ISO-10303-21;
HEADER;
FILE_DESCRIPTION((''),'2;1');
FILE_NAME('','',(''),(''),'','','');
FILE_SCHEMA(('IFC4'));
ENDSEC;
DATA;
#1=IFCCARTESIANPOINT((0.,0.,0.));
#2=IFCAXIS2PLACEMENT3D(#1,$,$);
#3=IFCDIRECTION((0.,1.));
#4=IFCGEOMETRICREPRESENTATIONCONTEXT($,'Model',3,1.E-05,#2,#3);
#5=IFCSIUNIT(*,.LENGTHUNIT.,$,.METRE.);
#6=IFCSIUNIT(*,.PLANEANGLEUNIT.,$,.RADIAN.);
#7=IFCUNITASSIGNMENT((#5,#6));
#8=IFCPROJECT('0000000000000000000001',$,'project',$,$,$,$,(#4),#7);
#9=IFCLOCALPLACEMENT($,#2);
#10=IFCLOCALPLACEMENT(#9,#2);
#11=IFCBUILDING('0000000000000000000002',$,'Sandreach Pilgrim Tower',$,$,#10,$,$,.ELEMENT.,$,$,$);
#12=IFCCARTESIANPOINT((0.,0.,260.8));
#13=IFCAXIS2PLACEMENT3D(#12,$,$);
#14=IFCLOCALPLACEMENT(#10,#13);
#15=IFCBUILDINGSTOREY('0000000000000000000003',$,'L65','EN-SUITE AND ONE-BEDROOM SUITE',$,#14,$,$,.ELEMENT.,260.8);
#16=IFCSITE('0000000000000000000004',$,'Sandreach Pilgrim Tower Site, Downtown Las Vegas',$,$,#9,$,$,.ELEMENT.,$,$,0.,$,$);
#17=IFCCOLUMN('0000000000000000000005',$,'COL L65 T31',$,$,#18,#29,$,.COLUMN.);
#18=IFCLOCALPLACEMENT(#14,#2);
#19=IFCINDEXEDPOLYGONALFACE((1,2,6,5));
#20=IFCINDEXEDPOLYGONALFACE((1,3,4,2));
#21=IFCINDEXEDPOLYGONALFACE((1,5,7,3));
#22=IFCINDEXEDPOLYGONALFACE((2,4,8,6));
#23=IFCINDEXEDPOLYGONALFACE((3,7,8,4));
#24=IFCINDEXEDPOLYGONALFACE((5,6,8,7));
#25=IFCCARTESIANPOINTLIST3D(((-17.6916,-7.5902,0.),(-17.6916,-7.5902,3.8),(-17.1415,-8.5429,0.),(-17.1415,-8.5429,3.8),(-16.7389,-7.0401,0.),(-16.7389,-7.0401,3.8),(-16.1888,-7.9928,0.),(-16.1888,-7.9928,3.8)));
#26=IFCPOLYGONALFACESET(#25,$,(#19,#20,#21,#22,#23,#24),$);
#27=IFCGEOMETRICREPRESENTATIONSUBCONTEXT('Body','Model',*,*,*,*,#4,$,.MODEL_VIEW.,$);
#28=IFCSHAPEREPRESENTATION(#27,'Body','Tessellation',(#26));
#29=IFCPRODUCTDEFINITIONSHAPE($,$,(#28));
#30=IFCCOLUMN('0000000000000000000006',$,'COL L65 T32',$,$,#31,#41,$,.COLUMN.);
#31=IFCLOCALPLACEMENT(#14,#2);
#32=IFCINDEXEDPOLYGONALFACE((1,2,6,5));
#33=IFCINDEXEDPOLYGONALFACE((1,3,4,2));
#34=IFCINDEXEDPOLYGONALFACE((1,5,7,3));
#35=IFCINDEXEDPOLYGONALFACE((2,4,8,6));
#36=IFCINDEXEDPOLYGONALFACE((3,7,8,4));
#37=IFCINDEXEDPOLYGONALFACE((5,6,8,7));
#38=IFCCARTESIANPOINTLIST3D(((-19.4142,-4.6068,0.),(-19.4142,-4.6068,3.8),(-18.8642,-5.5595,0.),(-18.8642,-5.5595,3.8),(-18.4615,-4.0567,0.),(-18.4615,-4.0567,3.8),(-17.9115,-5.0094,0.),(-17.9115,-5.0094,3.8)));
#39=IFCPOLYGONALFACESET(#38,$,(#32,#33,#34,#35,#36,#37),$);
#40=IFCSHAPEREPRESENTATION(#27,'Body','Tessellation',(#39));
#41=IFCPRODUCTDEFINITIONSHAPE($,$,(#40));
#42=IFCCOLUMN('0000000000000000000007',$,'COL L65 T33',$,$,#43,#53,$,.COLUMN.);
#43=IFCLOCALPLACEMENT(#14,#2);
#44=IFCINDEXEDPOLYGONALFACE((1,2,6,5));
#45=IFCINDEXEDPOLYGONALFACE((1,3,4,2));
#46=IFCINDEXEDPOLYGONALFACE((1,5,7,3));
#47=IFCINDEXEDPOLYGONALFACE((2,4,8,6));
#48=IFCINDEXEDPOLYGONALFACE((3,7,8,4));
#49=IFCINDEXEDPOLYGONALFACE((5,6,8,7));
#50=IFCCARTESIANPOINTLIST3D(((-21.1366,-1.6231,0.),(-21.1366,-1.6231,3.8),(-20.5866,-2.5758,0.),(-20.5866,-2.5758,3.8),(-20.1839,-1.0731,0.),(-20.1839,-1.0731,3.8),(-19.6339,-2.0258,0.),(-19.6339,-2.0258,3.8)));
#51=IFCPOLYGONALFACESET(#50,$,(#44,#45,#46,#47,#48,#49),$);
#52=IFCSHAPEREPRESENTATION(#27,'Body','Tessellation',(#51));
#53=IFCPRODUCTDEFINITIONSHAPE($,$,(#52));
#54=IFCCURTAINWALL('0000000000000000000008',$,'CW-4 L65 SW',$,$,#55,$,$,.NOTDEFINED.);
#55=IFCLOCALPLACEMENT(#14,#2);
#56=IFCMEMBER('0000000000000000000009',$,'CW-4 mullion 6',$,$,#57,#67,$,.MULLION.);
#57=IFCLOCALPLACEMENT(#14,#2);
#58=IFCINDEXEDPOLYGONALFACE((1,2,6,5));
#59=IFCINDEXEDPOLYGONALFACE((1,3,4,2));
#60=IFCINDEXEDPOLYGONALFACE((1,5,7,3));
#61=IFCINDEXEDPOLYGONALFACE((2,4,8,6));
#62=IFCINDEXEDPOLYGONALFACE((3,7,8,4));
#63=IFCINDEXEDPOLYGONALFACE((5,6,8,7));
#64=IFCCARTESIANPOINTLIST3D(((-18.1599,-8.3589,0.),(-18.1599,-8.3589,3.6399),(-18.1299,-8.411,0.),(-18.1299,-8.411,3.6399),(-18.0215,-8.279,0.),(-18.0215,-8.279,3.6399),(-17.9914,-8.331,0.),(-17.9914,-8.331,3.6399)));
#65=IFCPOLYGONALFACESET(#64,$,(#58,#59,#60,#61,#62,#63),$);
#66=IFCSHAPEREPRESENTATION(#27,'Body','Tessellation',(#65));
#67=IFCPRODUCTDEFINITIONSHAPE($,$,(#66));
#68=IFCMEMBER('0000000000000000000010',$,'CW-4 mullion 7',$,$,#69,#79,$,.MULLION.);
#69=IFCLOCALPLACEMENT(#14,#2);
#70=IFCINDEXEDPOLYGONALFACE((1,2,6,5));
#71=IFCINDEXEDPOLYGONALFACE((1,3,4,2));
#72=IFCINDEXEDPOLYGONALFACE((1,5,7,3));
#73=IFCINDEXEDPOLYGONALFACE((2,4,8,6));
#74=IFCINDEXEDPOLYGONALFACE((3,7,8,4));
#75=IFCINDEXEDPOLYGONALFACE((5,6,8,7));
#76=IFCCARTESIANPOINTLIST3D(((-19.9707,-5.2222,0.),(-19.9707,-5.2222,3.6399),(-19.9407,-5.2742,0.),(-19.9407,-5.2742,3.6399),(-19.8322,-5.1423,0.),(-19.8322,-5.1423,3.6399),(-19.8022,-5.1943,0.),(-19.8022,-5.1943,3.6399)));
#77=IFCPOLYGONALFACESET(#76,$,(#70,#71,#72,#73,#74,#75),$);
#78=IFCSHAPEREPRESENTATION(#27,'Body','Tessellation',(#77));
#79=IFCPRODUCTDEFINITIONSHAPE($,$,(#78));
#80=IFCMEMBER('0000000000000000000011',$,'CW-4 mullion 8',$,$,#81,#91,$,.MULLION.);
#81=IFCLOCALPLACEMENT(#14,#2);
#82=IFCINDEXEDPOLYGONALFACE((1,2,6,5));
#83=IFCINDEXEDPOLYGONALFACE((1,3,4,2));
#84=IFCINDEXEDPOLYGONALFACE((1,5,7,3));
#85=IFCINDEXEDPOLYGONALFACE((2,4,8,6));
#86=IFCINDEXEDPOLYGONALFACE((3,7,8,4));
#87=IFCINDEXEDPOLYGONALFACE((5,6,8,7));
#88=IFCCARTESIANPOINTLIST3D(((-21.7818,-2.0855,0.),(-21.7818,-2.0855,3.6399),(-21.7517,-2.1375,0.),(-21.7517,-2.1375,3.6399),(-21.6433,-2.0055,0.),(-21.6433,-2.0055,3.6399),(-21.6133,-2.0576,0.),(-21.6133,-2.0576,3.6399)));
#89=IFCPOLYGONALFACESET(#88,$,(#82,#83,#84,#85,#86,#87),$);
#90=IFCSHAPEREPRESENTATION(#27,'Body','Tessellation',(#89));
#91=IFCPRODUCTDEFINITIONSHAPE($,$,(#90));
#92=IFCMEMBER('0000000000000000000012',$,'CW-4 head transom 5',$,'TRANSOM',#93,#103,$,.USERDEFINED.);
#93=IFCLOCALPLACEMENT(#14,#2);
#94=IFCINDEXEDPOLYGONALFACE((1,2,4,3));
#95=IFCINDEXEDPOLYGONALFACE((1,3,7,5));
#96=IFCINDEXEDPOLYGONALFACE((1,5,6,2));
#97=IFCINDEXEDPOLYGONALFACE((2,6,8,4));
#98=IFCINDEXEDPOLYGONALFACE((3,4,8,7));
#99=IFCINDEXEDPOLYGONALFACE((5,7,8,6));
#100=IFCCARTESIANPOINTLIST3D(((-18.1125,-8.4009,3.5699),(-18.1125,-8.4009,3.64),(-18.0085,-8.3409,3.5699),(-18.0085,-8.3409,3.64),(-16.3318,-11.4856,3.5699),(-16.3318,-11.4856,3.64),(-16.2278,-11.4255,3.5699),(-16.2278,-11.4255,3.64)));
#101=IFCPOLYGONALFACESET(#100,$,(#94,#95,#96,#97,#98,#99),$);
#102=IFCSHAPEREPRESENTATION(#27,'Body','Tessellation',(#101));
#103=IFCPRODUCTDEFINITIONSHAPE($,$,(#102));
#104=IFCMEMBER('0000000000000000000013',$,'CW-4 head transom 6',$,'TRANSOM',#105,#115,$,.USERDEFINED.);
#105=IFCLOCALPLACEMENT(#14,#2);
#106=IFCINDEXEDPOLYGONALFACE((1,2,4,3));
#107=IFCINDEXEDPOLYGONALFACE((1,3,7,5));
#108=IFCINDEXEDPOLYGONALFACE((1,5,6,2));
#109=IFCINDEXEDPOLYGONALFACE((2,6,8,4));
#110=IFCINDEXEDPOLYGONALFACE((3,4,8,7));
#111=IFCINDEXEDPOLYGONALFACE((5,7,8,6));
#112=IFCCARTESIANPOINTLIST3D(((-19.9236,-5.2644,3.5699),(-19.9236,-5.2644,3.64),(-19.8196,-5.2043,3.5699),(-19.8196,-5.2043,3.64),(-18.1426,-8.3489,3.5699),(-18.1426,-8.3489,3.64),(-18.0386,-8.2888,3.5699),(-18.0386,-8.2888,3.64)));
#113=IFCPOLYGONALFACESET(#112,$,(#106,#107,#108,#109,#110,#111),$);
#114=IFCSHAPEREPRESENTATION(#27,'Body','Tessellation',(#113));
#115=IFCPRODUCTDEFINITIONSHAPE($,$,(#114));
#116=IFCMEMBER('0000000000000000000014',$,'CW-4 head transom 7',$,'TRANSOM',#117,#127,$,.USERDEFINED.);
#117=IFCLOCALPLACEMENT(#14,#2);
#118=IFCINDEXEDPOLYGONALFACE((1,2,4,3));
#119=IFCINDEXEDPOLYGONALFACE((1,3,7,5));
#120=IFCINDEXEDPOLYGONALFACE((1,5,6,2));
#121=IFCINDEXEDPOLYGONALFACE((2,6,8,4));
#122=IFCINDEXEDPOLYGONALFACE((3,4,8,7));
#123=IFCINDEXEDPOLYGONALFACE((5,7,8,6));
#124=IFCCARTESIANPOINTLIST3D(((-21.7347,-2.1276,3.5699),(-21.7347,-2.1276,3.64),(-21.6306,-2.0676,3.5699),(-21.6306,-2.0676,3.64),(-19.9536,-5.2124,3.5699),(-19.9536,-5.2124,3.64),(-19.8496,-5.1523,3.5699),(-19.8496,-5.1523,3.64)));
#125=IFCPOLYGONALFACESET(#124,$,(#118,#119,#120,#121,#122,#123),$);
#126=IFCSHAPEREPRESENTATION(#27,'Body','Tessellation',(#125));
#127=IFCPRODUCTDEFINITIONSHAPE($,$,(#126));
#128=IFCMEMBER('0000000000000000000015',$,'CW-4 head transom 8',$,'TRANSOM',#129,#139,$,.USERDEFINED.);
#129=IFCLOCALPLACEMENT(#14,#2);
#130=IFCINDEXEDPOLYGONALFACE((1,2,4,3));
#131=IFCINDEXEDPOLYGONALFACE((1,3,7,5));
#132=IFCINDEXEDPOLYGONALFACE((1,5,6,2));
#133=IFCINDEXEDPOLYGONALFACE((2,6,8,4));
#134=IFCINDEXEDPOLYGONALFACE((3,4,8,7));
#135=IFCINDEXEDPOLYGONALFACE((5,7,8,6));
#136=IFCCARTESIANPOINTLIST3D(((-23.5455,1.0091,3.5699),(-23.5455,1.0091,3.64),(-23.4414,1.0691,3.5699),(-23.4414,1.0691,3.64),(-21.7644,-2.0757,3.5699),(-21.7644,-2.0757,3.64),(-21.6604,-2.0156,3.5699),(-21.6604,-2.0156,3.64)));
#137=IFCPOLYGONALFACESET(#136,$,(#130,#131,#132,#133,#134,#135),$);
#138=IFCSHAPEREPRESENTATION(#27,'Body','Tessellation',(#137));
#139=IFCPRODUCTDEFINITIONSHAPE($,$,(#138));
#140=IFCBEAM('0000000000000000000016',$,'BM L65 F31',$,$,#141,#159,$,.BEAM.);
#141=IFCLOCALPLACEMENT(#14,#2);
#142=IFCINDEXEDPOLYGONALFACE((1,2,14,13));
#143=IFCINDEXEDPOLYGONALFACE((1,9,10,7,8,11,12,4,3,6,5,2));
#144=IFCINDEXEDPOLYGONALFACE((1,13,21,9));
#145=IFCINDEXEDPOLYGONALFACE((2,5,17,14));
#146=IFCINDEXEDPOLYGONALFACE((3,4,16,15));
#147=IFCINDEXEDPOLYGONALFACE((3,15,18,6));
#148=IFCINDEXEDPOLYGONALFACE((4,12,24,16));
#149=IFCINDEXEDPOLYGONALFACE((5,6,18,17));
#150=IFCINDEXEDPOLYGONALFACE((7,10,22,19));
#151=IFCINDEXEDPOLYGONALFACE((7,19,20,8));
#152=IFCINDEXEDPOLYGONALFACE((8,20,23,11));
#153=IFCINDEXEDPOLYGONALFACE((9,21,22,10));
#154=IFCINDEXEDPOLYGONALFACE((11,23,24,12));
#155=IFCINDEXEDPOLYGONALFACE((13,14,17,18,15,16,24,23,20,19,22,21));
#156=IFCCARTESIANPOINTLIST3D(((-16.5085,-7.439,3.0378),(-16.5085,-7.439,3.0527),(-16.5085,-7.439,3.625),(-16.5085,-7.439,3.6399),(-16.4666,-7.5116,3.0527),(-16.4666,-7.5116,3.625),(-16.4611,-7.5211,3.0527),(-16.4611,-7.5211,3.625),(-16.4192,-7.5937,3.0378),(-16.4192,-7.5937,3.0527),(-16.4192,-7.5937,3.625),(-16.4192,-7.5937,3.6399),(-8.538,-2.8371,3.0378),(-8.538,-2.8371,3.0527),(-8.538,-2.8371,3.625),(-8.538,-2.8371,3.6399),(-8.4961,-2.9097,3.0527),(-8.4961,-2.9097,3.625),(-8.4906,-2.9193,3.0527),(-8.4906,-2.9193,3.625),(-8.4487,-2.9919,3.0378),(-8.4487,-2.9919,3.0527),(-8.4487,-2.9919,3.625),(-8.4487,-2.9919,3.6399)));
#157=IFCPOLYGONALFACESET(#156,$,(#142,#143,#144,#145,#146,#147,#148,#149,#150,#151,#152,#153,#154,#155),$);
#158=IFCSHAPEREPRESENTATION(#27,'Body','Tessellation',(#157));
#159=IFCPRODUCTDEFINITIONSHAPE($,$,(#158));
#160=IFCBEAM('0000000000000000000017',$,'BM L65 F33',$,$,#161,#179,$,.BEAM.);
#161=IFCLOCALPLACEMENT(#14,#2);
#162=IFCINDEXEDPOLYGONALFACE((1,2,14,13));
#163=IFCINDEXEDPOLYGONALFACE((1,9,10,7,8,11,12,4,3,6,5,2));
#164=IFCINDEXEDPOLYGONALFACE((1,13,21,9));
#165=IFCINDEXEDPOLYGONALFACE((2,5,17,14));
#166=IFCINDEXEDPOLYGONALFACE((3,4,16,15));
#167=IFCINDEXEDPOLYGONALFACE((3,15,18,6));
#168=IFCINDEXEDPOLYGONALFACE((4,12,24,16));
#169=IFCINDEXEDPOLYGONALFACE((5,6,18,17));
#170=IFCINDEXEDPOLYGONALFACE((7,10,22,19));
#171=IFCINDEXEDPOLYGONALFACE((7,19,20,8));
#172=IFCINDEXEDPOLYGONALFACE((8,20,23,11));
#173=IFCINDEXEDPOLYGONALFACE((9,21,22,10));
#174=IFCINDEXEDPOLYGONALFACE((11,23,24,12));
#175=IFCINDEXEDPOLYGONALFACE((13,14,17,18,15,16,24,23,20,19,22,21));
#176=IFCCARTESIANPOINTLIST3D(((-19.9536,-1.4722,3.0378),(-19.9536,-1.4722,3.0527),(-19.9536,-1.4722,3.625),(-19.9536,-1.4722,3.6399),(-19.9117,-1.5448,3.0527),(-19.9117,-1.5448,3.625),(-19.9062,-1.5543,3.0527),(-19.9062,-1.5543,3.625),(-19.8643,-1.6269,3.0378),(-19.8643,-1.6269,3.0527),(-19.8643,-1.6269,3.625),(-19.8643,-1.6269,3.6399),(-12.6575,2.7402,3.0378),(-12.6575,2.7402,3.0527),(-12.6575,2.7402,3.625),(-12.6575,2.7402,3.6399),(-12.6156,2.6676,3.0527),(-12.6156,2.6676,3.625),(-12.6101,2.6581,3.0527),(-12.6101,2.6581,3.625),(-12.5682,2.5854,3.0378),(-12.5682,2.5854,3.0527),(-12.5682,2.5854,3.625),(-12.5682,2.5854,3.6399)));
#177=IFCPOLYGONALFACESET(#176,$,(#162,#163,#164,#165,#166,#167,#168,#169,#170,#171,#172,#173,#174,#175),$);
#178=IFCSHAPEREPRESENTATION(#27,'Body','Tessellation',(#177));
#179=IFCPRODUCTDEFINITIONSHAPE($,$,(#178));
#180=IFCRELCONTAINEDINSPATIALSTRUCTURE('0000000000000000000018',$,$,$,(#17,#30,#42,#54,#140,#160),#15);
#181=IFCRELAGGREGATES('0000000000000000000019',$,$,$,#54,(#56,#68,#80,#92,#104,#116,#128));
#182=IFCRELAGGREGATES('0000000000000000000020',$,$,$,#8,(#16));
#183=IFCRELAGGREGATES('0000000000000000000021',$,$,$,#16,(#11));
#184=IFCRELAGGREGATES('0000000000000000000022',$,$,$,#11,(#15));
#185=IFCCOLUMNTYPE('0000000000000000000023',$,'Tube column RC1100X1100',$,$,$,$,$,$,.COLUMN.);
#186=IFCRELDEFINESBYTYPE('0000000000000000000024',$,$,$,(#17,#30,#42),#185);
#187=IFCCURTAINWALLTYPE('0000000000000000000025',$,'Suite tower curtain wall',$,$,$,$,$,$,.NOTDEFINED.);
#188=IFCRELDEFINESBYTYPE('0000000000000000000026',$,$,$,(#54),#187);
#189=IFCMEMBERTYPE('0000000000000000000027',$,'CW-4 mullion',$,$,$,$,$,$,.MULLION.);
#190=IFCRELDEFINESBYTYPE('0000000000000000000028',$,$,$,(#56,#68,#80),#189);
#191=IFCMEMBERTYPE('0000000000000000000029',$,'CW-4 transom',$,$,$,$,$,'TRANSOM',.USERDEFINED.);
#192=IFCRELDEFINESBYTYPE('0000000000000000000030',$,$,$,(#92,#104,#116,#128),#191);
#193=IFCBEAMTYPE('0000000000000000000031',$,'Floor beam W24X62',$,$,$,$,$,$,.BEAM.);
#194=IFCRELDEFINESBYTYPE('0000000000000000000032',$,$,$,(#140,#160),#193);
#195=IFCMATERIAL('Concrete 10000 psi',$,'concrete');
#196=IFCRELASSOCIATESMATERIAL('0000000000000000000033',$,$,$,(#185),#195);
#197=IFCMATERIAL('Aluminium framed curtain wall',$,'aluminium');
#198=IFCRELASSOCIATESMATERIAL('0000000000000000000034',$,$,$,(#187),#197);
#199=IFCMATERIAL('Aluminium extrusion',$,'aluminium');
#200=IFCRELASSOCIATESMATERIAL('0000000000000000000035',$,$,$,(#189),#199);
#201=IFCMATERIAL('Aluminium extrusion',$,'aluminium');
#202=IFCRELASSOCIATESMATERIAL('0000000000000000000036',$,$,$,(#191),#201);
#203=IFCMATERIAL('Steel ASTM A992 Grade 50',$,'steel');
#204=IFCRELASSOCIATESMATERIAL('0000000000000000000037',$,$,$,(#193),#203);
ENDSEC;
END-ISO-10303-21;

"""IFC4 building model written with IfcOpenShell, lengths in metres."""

from ifc_helpers import new_model, si_unit, direction, frame, origin, origin_2d, place, context, subcontext, project, spatial, rectangle, i_section, extrude, material, material_profile, profile_set, type_object, element, aggregate, save


model = new_model("IFC4")

# Units and contexts
model_context = context("Model", 3, precision=1e-05, world=origin(), true_north=direction((0.0, 1.0)))
body_context = subcontext(model_context, "Body", "Model", "MODEL_VIEW")
ifc_project = project(units=[si_unit("LENGTHUNIT", "METRE"), si_unit("PLANEANGLEUNIT", "RADIAN")], contexts=[model_context])

# Site, building, storey
site_placement = place(None, origin())
site = spatial("IfcSite", under=ifc_project, at=site_placement, Name="Sandreach Pilgrim Tower Site, Downtown Las Vegas", CompositionType="ELEMENT", RefElevation=0.0)
building_placement = place(site_placement, origin())
building = spatial("IfcBuilding", under=site, at=building_placement, Name="Sandreach Pilgrim Tower", CompositionType="ELEMENT")
storey_placement = place(building_placement, frame((0.0, 0.0, 260.8)))
storey = spatial("IfcBuildingStorey", under=building, at=storey_placement, Name="L65", Description="EN-SUITE AND ONE-BEDROOM SUITE", CompositionType="ELEMENT", Elevation=260.8)

# Columns
ifc_material_1 = material(Name="Concrete 10000 psi", Category="concrete")
ifc_material_profile_1 = material_profile(ifc_material_1, rectangle(XDim=1.1001, YDim=1.1001, at=origin_2d()), Name="RC1100X1100")
ifc_profile_set_1 = profile_set([ifc_material_profile_1], Name="Concrete 10000 psi")
column_type = type_object("IfcColumnType", Name="Tube column RC1100X1100", PredefinedType="COLUMN", material=ifc_profile_set_1)
for number, where, z_axis, x_axis, name in (
    (1, (-16.9402, -7.7915, 0.0), (0.0, 0.0, 1.0), (-0.866025, -0.5, 0.0), "COL L65 T31"),
    (2, (-18.6628, -4.8081, 0.0), (0.0, 0.0, 1.0), (-0.866025, -0.5, 0.0), "COL L65 T32"),
    (3, (-20.3853, -1.8245, 0.0), (0.0, 0.0, 1.0), (-0.866025, -0.5, 0.0), "COL L65 T33"),
):
    element("IfcColumn", number, at=place(storey_placement, frame(where, z_axis=z_axis, x_axis=x_axis)), inside=storey, type_object=column_type, Name=name, PredefinedType="COLUMN", context=body_context, shape_type="SweptSolid", body=[
        extrude(rectangle(XDim=1.1001, YDim=1.1001, at=origin_2d()), origin(), (0.0, 0.0, 1.0), 3.8),
    ])

# Curtain wall, members
ifc_material_2 = material(Name="Aluminium framed curtain wall", Category="aluminium")
curtain_wall_type = type_object("IfcCurtainWallType", Name="Suite tower curtain wall", PredefinedType="NOTDEFINED", material=ifc_material_2)
curtain_wall_placement = place(storey_placement, origin())
curtain_wall = element("IfcCurtainWall", 4, at=curtain_wall_placement, inside=storey, type_object=curtain_wall_type, Name="CW-4 L65 SW", PredefinedType="NOTDEFINED")
ifc_material_3 = material(Name="Aluminium extrusion", Category="aluminium")
ifc_material_profile_2 = material_profile(ifc_material_3, rectangle(XDim=0.0601, YDim=0.1599, at=origin_2d()), Name="CW-4M 60X160")
ifc_profile_set_2 = profile_set([ifc_material_profile_2], Name="Aluminium extrusion")
member_type_1 = type_object("IfcMemberType", Name="CW-4 mullion", PredefinedType="MULLION", material=ifc_profile_set_2)
member_1_placement = place(storey_placement, frame((-18.0757, -8.345, 0.0), z_axis=(0.0, 0.0, 1.0), x_axis=(-0.5, 0.866025, 0.0)))
member_1 = element("IfcMember", 5, at=member_1_placement, type_object=member_type_1, Name="CW-4 mullion 6", PredefinedType="MULLION", context=body_context, shape_type="SweptSolid", body=[
    extrude(rectangle(XDim=0.0601, YDim=0.1599, at=origin_2d()), origin(), (0.0, 0.0, 1.0), 3.6399),
])
member_2_placement = place(storey_placement, frame((-19.8865, -5.2083, 0.0), z_axis=(0.0, 0.0, 1.0), x_axis=(-0.5, 0.866025, 0.0)))
member_2 = element("IfcMember", 6, at=member_2_placement, type_object=member_type_1, Name="CW-4 mullion 7", PredefinedType="MULLION", context=body_context, shape_type="SweptSolid", body=[
    extrude(rectangle(XDim=0.0601, YDim=0.1599, at=origin_2d()), origin(), (0.0, 0.0, 1.0), 3.6399),
])
member_3_placement = place(storey_placement, frame((-21.6975, -2.0715, 0.0), z_axis=(0.0, 0.0, 1.0), x_axis=(-0.5, 0.866025, 0.0)))
member_3 = element("IfcMember", 7, at=member_3_placement, type_object=member_type_1, Name="CW-4 mullion 8", PredefinedType="MULLION", context=body_context, shape_type="SweptSolid", body=[
    extrude(rectangle(XDim=0.0601, YDim=0.1599, at=origin_2d()), origin(), (0.0, 0.0, 1.0), 3.6399),
])
ifc_material_4 = material(Name="Aluminium extrusion", Category="aluminium")
ifc_material_profile_3 = material_profile(ifc_material_4, rectangle(XDim=0.1201, YDim=0.0701, at=origin_2d()), Name="CW-4T 120X70")
ifc_profile_set_3 = profile_set([ifc_material_profile_3], Name="Aluminium extrusion")
member_type_2 = type_object("IfcMemberType", Name="CW-4 transom", ElementType="TRANSOM", PredefinedType="USERDEFINED", material=ifc_profile_set_3)
member_4_placement = place(storey_placement, frame((-16.2798, -11.4556, 3.605), z_axis=(-0.499958, 0.86605, 0.0), x_axis=(-0.86605, -0.499958, 0.0)))
member_4 = element("IfcMember", 8, at=member_4_placement, type_object=member_type_2, Name="CW-4 head transom 5", ObjectType="TRANSOM", PredefinedType="USERDEFINED", context=body_context, shape_type="SweptSolid", body=[
    extrude(rectangle(XDim=0.1201, YDim=0.0701, at=origin_2d()), origin(), (0.0, 0.0, 1.0), 3.5618),
])
member_5_placement = place(storey_placement, frame((-18.0906, -8.3188, 3.605), z_axis=(-0.500039, 0.866003, 0.0), x_axis=(-0.866003, -0.500039, 0.0)))
member_5 = element("IfcMember", 9, at=member_5_placement, type_object=member_type_2, Name="CW-4 head transom 6", ObjectType="TRANSOM", PredefinedType="USERDEFINED", context=body_context, shape_type="SweptSolid", body=[
    extrude(rectangle(XDim=0.1201, YDim=0.0701, at=origin_2d()), origin(), (0.0, 0.0, 1.0), 3.5618),
])
member_6_placement = place(storey_placement, frame((-19.9016, -5.1824, 3.605), z_axis=(-0.500009, 0.86602, 0.0), x_axis=(-0.86602, -0.500009, 0.0)))
member_6 = element("IfcMember", 10, at=member_6_placement, type_object=member_type_2, Name="CW-4 head transom 7", ObjectType="TRANSOM", PredefinedType="USERDEFINED", context=body_context, shape_type="SweptSolid", body=[
    extrude(rectangle(XDim=0.1201, YDim=0.0701, at=origin_2d()), origin(), (0.0, 0.0, 1.0), 3.562),
])
member_7_placement = place(storey_placement, frame((-21.7124, -2.0457, 3.605), z_axis=(-0.500009, 0.86602, 0.0), x_axis=(-0.86602, -0.500009, 0.0)))
member_7 = element("IfcMember", 11, at=member_7_placement, type_object=member_type_2, Name="CW-4 head transom 8", ObjectType="TRANSOM", PredefinedType="USERDEFINED", context=body_context, shape_type="SweptSolid", body=[
    extrude(rectangle(XDim=0.1201, YDim=0.0701, at=origin_2d()), origin(), (0.0, 0.0, 1.0), 3.562),
])

# Beams
ifc_material_5 = material(Name="Steel ASTM A992 Grade 50", Category="steel")
ifc_material_profile_4 = material_profile(ifc_material_5, i_section(OverallWidth=0.1787, OverallDepth=0.6021, WebThickness=0.011, FlangeThickness=0.0149, at=origin_2d()), Name="W24X62")
ifc_profile_set_4 = profile_set([ifc_material_profile_4], Name="Steel ASTM A992 Grade 50")
beam_type_1 = type_object("IfcBeamType", Name="Floor beam W24X62", PredefinedType="BEAM", material=ifc_profile_set_4)
beam_1_placement = place(storey_placement, frame((-16.4639, -7.5164, 3.3389), z_axis=(0.866023, 0.500005, 0.0), x_axis=(-0.500005, 0.866023, 0.0)))
element("IfcBeam", 12, at=beam_1_placement, inside=storey, type_object=beam_type_1, Name="BM L65 F31", PredefinedType="BEAM", context=body_context, shape_type="SweptSolid", body=[
    extrude(i_section(OverallWidth=0.1787, OverallDepth=0.6021, WebThickness=0.011, FlangeThickness=0.0149, at=origin_2d()), origin(), (0.0, 0.0, 1.0), 9.2036),
])
beam_2_placement = place(storey_placement, frame((-19.9089, -1.5496, 3.3389), z_axis=(0.866027, 0.499998, 0.0), x_axis=(-0.499998, 0.866027, 0.0)))
element("IfcBeam", 13, at=beam_2_placement, inside=storey, type_object=beam_type_1, Name="BM L65 F33", PredefinedType="BEAM", context=body_context, shape_type="SweptSolid", body=[
    extrude(i_section(OverallWidth=0.1787, OverallDepth=0.6021, WebThickness=0.011, FlangeThickness=0.0149, at=origin_2d()), origin(), (0.0, 0.0, 1.0), 8.4248),
])

aggregate(curtain_wall, [member_1, member_2, member_3, member_4, member_5, member_6, member_7])

save(model, "model.ifc")
